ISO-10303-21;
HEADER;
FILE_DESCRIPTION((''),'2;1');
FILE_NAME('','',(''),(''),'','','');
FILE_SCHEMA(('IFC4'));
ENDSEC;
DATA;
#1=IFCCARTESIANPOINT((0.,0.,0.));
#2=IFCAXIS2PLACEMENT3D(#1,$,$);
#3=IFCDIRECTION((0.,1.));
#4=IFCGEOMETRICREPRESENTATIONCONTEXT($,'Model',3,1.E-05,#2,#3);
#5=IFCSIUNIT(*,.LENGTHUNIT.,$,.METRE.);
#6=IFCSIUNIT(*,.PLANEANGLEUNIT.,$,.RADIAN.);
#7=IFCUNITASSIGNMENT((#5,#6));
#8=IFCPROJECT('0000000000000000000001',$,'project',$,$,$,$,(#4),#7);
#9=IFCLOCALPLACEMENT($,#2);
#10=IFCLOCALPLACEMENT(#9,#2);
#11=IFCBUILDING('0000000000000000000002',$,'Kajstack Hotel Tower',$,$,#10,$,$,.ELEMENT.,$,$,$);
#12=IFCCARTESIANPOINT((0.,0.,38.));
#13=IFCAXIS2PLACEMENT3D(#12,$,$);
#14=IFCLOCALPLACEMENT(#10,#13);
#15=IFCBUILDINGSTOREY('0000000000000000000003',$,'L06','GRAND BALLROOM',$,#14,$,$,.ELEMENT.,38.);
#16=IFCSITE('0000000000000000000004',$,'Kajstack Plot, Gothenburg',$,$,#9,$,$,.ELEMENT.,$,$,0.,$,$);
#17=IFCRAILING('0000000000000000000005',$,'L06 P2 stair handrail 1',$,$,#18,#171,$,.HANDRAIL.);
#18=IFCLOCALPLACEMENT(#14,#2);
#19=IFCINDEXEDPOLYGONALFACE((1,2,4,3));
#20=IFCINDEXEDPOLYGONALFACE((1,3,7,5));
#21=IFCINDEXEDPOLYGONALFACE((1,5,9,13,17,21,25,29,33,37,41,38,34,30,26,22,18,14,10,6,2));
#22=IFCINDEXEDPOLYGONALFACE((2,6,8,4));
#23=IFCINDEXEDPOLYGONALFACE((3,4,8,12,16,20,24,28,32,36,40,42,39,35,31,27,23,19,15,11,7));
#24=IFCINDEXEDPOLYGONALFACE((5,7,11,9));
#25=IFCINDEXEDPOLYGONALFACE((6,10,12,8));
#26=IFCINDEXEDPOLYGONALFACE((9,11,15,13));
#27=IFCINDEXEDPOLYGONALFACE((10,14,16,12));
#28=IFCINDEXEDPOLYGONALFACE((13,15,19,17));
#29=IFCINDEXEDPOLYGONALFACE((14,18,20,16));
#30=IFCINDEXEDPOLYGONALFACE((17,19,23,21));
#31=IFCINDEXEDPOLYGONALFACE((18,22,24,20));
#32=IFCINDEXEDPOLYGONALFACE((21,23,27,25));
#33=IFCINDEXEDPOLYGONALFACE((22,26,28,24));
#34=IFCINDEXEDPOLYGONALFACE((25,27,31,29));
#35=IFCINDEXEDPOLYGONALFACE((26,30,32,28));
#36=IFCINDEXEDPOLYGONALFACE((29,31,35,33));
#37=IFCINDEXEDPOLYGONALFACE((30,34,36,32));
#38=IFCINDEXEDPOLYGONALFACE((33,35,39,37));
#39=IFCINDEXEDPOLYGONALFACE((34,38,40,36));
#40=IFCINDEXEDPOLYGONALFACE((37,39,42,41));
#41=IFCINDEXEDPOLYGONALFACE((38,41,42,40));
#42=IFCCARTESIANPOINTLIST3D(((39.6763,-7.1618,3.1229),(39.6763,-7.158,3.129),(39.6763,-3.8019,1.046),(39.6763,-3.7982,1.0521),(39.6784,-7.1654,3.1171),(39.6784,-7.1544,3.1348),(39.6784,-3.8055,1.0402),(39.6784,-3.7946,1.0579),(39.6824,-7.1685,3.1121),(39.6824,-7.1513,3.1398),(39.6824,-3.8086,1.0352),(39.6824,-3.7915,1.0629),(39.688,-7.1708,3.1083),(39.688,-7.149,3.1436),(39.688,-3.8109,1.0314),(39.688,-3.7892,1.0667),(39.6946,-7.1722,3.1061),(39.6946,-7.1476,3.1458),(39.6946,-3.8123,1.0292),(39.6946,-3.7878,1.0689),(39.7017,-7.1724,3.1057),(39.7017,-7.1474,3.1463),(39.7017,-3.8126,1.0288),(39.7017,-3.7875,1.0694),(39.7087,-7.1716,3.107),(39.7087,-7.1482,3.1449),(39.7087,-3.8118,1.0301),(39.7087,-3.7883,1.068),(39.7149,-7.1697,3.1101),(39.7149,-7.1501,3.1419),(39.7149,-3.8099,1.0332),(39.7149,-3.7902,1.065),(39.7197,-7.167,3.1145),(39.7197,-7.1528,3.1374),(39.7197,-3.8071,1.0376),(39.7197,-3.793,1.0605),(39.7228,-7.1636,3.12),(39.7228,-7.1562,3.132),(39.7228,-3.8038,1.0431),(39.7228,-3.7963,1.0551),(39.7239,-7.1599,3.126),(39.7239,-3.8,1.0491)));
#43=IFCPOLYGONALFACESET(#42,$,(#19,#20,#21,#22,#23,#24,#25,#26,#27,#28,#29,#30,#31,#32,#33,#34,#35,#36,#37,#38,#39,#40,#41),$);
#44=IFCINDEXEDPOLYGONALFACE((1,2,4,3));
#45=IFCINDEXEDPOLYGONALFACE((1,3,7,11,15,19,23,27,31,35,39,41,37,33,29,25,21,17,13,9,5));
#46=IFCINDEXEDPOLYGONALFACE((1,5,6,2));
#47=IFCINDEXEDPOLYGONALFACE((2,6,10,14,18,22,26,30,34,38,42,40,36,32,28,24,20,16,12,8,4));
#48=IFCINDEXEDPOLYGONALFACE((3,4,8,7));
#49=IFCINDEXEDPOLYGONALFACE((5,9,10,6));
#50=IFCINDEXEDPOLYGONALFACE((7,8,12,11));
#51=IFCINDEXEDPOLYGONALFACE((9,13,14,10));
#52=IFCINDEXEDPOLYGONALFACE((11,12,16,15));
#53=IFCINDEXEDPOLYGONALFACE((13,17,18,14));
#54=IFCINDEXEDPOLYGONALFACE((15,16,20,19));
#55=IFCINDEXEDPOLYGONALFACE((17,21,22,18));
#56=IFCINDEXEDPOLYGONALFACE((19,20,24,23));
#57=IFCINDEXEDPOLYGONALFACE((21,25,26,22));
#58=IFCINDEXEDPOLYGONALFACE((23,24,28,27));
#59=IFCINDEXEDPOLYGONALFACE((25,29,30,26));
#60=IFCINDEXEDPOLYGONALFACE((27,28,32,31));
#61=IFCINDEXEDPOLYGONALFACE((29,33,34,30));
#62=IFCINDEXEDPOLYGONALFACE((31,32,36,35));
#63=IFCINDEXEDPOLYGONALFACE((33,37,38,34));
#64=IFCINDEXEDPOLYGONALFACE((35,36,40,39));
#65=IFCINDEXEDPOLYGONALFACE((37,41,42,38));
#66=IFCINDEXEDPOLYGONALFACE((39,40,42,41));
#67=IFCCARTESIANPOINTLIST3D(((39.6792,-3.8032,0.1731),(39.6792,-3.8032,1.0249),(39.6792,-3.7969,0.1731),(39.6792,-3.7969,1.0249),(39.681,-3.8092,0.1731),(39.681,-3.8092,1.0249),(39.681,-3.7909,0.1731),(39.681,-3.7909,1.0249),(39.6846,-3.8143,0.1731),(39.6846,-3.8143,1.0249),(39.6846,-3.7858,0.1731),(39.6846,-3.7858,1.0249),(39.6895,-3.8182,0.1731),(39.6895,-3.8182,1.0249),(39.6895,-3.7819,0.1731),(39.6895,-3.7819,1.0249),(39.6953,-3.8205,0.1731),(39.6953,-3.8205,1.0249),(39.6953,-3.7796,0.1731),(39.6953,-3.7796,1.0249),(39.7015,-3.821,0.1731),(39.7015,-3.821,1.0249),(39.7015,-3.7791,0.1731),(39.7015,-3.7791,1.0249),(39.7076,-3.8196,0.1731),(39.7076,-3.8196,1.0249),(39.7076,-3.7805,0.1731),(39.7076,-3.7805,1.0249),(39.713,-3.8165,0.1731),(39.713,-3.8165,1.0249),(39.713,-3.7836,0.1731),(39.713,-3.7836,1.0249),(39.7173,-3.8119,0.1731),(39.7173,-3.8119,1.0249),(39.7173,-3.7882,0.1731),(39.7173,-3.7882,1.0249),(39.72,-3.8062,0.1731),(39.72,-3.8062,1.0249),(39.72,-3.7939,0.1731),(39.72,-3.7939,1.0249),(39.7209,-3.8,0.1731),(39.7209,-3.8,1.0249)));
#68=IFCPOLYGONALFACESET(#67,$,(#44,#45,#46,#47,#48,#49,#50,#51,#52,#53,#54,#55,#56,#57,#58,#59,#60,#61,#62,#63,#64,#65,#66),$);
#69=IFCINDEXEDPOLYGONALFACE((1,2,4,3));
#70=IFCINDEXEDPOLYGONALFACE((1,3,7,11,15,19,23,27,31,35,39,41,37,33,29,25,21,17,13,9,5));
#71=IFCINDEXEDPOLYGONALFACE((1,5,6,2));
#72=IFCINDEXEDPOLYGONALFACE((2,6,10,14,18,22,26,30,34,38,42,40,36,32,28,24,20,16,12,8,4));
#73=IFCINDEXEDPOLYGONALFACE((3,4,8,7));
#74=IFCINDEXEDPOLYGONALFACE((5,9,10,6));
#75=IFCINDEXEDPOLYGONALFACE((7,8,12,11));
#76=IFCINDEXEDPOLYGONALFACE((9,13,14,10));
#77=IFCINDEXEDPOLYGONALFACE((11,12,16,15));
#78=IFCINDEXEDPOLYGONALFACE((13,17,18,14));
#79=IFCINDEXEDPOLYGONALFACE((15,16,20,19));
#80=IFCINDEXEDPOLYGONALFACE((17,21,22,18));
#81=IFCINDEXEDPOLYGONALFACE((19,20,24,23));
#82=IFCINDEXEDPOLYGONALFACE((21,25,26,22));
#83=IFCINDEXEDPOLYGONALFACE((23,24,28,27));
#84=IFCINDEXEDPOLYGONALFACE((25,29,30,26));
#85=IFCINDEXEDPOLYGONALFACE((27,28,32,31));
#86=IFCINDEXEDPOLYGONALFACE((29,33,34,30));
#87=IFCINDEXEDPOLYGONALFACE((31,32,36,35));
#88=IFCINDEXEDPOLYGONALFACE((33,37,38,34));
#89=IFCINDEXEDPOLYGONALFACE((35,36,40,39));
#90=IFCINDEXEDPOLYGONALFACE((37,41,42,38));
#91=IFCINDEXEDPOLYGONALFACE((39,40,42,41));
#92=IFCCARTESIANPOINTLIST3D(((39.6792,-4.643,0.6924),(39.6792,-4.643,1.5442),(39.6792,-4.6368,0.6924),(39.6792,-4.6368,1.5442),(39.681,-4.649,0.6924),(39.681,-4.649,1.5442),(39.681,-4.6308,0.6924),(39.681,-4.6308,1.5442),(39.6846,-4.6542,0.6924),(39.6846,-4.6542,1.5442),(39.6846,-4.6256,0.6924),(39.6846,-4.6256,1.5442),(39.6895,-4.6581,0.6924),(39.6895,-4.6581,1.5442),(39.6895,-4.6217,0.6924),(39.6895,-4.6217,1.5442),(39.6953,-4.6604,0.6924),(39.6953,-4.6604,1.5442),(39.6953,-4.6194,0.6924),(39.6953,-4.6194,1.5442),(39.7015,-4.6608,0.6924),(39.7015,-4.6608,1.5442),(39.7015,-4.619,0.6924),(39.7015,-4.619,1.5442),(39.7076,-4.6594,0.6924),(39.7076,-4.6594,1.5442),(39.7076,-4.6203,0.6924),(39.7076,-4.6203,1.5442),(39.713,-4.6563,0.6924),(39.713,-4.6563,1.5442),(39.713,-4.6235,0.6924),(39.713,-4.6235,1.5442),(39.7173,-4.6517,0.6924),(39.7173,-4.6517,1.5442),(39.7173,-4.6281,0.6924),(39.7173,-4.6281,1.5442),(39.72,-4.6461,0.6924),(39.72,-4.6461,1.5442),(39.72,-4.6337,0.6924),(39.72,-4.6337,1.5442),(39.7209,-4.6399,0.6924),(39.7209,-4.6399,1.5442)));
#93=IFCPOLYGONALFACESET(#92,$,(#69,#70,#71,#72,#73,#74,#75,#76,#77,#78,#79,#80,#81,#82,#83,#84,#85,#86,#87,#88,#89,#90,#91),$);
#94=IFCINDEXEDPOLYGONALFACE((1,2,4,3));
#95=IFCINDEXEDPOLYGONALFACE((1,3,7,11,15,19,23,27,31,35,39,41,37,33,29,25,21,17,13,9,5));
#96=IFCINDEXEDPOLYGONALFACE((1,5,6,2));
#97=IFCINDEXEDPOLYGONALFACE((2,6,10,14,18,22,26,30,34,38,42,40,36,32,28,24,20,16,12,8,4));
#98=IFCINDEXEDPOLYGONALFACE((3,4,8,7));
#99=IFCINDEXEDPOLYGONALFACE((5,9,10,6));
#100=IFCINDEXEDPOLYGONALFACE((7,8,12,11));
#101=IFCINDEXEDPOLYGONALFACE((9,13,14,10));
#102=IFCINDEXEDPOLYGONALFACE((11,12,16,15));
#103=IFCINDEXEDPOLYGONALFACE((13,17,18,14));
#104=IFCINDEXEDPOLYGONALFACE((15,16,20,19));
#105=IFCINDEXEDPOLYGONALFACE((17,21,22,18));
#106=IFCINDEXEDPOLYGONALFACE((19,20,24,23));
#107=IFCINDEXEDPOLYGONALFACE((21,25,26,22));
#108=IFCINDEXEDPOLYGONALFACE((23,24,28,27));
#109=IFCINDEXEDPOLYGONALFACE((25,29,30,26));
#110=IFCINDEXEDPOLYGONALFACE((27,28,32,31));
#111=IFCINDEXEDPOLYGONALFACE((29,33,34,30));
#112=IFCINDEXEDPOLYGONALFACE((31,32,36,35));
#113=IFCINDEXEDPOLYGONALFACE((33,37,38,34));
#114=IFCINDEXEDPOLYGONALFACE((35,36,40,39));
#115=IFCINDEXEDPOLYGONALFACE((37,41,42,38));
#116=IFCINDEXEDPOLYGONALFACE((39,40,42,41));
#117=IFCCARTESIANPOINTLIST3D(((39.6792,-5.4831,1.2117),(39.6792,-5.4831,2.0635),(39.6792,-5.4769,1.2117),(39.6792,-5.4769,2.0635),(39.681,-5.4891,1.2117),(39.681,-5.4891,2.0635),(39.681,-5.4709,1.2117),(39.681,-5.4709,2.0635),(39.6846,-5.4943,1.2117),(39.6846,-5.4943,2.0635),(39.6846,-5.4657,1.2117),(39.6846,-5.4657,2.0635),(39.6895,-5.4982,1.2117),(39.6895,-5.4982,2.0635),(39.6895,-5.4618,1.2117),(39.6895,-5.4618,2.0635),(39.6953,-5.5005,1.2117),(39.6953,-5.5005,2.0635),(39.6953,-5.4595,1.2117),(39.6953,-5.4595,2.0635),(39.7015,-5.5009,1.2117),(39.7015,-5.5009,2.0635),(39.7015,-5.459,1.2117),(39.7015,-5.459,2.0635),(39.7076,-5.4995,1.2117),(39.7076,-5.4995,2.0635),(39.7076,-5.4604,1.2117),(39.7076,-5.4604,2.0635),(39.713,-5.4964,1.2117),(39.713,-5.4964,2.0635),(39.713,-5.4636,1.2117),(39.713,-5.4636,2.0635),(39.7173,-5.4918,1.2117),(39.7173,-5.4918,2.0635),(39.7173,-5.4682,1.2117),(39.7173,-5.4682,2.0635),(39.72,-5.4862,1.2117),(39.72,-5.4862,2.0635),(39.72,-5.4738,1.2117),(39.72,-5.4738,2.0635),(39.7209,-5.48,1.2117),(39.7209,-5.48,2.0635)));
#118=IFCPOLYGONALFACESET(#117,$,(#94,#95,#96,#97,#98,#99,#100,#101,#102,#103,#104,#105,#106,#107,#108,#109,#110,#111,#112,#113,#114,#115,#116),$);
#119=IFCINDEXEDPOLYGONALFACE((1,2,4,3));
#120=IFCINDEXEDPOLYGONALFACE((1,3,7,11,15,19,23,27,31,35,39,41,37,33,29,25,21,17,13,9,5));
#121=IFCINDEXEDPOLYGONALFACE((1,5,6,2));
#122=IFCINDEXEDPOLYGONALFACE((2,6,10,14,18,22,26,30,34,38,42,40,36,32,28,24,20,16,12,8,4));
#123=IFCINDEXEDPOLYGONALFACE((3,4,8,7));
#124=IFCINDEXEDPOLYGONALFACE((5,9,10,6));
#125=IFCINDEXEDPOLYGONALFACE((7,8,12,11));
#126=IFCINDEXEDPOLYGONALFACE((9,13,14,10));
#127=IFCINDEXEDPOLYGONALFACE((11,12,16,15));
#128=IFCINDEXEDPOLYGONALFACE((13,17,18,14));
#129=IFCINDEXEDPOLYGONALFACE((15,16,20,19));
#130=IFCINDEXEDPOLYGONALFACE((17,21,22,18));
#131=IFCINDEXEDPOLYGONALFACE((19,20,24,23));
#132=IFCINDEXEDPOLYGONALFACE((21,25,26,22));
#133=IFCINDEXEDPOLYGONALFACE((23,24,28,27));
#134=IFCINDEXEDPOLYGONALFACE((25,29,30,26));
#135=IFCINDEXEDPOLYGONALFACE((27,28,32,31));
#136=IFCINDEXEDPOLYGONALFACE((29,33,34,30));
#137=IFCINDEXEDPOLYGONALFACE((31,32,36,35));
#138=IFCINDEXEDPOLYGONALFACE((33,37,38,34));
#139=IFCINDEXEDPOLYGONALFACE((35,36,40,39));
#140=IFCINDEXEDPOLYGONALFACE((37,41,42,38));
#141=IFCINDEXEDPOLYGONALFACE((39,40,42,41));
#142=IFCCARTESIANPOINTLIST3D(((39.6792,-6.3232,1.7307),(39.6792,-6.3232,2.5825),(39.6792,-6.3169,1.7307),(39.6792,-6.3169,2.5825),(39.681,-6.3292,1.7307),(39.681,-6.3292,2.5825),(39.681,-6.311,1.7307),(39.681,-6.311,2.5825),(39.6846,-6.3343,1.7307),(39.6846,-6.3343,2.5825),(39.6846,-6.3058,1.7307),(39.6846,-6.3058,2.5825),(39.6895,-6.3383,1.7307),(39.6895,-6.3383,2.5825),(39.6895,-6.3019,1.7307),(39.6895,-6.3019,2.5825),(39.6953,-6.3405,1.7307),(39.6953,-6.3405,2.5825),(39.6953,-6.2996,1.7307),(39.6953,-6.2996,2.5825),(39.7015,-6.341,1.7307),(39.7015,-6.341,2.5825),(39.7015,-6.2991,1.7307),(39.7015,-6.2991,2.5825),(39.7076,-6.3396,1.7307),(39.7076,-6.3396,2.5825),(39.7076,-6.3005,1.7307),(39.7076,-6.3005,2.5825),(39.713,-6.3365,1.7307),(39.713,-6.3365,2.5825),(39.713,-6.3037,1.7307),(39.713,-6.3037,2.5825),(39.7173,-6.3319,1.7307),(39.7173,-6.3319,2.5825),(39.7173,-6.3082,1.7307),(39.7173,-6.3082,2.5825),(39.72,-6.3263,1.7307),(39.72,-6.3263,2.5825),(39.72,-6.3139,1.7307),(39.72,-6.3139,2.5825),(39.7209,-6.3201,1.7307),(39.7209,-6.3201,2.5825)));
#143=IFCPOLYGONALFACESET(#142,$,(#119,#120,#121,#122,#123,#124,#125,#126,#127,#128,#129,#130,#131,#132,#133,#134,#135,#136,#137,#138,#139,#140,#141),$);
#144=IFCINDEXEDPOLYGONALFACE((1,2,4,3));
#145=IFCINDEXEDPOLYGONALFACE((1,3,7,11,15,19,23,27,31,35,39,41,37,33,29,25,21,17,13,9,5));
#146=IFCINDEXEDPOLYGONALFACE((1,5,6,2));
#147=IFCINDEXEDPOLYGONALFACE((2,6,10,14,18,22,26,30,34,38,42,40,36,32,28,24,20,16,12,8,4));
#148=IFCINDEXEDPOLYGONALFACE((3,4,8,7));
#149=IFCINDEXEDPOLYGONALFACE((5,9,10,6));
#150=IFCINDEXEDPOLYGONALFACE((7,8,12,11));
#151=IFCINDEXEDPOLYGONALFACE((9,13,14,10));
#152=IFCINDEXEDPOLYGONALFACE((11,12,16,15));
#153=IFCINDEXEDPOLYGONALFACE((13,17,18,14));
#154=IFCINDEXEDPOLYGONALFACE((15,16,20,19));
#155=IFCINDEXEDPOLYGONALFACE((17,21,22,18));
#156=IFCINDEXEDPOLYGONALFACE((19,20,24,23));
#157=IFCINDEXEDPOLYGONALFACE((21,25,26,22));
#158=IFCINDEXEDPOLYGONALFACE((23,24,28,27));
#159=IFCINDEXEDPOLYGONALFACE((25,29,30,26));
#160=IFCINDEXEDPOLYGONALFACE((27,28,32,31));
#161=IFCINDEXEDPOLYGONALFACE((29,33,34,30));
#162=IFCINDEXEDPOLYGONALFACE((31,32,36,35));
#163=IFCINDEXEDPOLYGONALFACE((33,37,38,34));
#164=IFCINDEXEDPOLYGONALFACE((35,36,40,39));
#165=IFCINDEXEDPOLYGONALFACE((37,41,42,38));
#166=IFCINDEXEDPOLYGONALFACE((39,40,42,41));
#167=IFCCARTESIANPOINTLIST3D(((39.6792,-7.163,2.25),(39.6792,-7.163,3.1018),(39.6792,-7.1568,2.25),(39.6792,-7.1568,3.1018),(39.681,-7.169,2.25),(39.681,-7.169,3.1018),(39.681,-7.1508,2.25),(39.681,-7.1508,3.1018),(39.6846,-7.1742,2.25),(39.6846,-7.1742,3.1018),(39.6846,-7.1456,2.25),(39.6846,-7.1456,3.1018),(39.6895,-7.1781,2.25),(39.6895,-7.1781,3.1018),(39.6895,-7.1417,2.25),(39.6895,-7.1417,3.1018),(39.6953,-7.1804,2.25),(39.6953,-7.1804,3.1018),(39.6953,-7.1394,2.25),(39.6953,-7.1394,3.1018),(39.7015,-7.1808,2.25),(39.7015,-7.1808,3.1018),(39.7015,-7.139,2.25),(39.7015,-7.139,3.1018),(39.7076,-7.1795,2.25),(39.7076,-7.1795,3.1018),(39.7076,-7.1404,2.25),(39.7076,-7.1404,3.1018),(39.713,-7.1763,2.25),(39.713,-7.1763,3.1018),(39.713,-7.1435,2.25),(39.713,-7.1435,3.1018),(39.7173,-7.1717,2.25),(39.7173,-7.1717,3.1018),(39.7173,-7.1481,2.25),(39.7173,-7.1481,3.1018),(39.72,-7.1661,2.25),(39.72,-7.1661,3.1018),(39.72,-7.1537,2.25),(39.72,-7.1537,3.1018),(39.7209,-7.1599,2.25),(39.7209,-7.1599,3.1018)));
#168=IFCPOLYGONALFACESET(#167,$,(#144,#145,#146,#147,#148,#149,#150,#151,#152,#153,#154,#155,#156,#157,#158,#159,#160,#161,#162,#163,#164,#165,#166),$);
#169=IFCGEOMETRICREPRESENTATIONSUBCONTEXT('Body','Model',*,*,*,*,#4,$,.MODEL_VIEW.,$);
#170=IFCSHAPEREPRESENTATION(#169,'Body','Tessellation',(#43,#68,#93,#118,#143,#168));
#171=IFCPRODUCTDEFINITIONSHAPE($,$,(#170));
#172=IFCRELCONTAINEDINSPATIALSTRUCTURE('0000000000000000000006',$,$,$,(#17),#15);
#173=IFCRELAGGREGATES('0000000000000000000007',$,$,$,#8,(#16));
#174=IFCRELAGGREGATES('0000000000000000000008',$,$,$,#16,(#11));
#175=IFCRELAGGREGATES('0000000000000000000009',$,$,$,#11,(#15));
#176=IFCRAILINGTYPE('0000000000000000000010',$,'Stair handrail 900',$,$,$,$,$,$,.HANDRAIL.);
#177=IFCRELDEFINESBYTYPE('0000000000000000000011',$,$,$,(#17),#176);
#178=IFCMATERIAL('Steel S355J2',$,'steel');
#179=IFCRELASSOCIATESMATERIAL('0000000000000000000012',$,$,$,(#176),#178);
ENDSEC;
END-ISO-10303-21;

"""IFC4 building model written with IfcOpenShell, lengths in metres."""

from ifc_helpers import new_model, si_unit, direction, frame, origin, origin_2d, place, context, subcontext, project, spatial, circle, extrude, material, type_object, element, save


model = new_model("IFC4")

# Units and contexts
model_context = context("Model", 3, precision=1e-05, world=origin(), true_north=direction((0.0, 1.0)))
body_context = subcontext(model_context, "Body", "Model", "MODEL_VIEW")
ifc_project = project(units=[si_unit("LENGTHUNIT", "METRE"), si_unit("PLANEANGLEUNIT", "RADIAN")], contexts=[model_context])

# Site, building, storey
site_placement = place(None, origin())
site = spatial("IfcSite", under=ifc_project, at=site_placement, Name="Kajstack Plot, Gothenburg", CompositionType="ELEMENT", RefElevation=0.0)
building_placement = place(site_placement, origin())
building = spatial("IfcBuilding", under=site, at=building_placement, Name="Kajstack Hotel Tower", CompositionType="ELEMENT")
storey_placement = place(building_placement, frame((0.0, 0.0, 38.0)))
storey = spatial("IfcBuildingStorey", under=building, at=storey_placement, Name="L06", Description="GRAND BALLROOM", CompositionType="ELEMENT", Elevation=38.0)

# Railing
ifc_material_1 = material(Name="Steel S355J2", Category="steel")
railing_type_1 = type_object("IfcRailingType", Name="Stair handrail 900", PredefinedType="HANDRAIL", material=ifc_material_1)
railing_1_placement = place(storey_placement, frame((39.7, -3.8, 0.1731)))
element("IfcRailing", 1, at=railing_1_placement, inside=storey, type_object=railing_type_1, Name="L06 P2 stair handrail 1", PredefinedType="HANDRAIL", context=body_context, shape_type="SweptSolid", body=[
    extrude(circle(Radius=0.0239, at=origin_2d()), frame((0.0, 0.0, 0.876), z_axis=(0.0, -0.850606, 0.525803), x_axis=(1.0, 0.0, 0.0)), (0.0, 0.0, 1.0), 3.95),
    extrude(circle(Radius=0.021, at=origin_2d()), origin(), (0.0, 0.0, 1.0), 0.8518),
    extrude(circle(Radius=0.021, at=origin_2d()), frame((0.0, -0.8398, 0.5193)), (0.0, 0.0, 1.0), 0.8518),
    extrude(circle(Radius=0.021, at=origin_2d()), frame((0.0, -1.6799, 1.0386)), (0.0, 0.0, 1.0), 0.8518),
    extrude(circle(Radius=0.021, at=origin_2d()), frame((0.0, -2.52, 1.5576)), (0.0, 0.0, 1.0), 0.8518),
    extrude(circle(Radius=0.021, at=origin_2d()), frame((0.0, -3.3599, 2.0769)), (0.0, 0.0, 1.0), 0.8518),
])

save(model, "model.ifc")
